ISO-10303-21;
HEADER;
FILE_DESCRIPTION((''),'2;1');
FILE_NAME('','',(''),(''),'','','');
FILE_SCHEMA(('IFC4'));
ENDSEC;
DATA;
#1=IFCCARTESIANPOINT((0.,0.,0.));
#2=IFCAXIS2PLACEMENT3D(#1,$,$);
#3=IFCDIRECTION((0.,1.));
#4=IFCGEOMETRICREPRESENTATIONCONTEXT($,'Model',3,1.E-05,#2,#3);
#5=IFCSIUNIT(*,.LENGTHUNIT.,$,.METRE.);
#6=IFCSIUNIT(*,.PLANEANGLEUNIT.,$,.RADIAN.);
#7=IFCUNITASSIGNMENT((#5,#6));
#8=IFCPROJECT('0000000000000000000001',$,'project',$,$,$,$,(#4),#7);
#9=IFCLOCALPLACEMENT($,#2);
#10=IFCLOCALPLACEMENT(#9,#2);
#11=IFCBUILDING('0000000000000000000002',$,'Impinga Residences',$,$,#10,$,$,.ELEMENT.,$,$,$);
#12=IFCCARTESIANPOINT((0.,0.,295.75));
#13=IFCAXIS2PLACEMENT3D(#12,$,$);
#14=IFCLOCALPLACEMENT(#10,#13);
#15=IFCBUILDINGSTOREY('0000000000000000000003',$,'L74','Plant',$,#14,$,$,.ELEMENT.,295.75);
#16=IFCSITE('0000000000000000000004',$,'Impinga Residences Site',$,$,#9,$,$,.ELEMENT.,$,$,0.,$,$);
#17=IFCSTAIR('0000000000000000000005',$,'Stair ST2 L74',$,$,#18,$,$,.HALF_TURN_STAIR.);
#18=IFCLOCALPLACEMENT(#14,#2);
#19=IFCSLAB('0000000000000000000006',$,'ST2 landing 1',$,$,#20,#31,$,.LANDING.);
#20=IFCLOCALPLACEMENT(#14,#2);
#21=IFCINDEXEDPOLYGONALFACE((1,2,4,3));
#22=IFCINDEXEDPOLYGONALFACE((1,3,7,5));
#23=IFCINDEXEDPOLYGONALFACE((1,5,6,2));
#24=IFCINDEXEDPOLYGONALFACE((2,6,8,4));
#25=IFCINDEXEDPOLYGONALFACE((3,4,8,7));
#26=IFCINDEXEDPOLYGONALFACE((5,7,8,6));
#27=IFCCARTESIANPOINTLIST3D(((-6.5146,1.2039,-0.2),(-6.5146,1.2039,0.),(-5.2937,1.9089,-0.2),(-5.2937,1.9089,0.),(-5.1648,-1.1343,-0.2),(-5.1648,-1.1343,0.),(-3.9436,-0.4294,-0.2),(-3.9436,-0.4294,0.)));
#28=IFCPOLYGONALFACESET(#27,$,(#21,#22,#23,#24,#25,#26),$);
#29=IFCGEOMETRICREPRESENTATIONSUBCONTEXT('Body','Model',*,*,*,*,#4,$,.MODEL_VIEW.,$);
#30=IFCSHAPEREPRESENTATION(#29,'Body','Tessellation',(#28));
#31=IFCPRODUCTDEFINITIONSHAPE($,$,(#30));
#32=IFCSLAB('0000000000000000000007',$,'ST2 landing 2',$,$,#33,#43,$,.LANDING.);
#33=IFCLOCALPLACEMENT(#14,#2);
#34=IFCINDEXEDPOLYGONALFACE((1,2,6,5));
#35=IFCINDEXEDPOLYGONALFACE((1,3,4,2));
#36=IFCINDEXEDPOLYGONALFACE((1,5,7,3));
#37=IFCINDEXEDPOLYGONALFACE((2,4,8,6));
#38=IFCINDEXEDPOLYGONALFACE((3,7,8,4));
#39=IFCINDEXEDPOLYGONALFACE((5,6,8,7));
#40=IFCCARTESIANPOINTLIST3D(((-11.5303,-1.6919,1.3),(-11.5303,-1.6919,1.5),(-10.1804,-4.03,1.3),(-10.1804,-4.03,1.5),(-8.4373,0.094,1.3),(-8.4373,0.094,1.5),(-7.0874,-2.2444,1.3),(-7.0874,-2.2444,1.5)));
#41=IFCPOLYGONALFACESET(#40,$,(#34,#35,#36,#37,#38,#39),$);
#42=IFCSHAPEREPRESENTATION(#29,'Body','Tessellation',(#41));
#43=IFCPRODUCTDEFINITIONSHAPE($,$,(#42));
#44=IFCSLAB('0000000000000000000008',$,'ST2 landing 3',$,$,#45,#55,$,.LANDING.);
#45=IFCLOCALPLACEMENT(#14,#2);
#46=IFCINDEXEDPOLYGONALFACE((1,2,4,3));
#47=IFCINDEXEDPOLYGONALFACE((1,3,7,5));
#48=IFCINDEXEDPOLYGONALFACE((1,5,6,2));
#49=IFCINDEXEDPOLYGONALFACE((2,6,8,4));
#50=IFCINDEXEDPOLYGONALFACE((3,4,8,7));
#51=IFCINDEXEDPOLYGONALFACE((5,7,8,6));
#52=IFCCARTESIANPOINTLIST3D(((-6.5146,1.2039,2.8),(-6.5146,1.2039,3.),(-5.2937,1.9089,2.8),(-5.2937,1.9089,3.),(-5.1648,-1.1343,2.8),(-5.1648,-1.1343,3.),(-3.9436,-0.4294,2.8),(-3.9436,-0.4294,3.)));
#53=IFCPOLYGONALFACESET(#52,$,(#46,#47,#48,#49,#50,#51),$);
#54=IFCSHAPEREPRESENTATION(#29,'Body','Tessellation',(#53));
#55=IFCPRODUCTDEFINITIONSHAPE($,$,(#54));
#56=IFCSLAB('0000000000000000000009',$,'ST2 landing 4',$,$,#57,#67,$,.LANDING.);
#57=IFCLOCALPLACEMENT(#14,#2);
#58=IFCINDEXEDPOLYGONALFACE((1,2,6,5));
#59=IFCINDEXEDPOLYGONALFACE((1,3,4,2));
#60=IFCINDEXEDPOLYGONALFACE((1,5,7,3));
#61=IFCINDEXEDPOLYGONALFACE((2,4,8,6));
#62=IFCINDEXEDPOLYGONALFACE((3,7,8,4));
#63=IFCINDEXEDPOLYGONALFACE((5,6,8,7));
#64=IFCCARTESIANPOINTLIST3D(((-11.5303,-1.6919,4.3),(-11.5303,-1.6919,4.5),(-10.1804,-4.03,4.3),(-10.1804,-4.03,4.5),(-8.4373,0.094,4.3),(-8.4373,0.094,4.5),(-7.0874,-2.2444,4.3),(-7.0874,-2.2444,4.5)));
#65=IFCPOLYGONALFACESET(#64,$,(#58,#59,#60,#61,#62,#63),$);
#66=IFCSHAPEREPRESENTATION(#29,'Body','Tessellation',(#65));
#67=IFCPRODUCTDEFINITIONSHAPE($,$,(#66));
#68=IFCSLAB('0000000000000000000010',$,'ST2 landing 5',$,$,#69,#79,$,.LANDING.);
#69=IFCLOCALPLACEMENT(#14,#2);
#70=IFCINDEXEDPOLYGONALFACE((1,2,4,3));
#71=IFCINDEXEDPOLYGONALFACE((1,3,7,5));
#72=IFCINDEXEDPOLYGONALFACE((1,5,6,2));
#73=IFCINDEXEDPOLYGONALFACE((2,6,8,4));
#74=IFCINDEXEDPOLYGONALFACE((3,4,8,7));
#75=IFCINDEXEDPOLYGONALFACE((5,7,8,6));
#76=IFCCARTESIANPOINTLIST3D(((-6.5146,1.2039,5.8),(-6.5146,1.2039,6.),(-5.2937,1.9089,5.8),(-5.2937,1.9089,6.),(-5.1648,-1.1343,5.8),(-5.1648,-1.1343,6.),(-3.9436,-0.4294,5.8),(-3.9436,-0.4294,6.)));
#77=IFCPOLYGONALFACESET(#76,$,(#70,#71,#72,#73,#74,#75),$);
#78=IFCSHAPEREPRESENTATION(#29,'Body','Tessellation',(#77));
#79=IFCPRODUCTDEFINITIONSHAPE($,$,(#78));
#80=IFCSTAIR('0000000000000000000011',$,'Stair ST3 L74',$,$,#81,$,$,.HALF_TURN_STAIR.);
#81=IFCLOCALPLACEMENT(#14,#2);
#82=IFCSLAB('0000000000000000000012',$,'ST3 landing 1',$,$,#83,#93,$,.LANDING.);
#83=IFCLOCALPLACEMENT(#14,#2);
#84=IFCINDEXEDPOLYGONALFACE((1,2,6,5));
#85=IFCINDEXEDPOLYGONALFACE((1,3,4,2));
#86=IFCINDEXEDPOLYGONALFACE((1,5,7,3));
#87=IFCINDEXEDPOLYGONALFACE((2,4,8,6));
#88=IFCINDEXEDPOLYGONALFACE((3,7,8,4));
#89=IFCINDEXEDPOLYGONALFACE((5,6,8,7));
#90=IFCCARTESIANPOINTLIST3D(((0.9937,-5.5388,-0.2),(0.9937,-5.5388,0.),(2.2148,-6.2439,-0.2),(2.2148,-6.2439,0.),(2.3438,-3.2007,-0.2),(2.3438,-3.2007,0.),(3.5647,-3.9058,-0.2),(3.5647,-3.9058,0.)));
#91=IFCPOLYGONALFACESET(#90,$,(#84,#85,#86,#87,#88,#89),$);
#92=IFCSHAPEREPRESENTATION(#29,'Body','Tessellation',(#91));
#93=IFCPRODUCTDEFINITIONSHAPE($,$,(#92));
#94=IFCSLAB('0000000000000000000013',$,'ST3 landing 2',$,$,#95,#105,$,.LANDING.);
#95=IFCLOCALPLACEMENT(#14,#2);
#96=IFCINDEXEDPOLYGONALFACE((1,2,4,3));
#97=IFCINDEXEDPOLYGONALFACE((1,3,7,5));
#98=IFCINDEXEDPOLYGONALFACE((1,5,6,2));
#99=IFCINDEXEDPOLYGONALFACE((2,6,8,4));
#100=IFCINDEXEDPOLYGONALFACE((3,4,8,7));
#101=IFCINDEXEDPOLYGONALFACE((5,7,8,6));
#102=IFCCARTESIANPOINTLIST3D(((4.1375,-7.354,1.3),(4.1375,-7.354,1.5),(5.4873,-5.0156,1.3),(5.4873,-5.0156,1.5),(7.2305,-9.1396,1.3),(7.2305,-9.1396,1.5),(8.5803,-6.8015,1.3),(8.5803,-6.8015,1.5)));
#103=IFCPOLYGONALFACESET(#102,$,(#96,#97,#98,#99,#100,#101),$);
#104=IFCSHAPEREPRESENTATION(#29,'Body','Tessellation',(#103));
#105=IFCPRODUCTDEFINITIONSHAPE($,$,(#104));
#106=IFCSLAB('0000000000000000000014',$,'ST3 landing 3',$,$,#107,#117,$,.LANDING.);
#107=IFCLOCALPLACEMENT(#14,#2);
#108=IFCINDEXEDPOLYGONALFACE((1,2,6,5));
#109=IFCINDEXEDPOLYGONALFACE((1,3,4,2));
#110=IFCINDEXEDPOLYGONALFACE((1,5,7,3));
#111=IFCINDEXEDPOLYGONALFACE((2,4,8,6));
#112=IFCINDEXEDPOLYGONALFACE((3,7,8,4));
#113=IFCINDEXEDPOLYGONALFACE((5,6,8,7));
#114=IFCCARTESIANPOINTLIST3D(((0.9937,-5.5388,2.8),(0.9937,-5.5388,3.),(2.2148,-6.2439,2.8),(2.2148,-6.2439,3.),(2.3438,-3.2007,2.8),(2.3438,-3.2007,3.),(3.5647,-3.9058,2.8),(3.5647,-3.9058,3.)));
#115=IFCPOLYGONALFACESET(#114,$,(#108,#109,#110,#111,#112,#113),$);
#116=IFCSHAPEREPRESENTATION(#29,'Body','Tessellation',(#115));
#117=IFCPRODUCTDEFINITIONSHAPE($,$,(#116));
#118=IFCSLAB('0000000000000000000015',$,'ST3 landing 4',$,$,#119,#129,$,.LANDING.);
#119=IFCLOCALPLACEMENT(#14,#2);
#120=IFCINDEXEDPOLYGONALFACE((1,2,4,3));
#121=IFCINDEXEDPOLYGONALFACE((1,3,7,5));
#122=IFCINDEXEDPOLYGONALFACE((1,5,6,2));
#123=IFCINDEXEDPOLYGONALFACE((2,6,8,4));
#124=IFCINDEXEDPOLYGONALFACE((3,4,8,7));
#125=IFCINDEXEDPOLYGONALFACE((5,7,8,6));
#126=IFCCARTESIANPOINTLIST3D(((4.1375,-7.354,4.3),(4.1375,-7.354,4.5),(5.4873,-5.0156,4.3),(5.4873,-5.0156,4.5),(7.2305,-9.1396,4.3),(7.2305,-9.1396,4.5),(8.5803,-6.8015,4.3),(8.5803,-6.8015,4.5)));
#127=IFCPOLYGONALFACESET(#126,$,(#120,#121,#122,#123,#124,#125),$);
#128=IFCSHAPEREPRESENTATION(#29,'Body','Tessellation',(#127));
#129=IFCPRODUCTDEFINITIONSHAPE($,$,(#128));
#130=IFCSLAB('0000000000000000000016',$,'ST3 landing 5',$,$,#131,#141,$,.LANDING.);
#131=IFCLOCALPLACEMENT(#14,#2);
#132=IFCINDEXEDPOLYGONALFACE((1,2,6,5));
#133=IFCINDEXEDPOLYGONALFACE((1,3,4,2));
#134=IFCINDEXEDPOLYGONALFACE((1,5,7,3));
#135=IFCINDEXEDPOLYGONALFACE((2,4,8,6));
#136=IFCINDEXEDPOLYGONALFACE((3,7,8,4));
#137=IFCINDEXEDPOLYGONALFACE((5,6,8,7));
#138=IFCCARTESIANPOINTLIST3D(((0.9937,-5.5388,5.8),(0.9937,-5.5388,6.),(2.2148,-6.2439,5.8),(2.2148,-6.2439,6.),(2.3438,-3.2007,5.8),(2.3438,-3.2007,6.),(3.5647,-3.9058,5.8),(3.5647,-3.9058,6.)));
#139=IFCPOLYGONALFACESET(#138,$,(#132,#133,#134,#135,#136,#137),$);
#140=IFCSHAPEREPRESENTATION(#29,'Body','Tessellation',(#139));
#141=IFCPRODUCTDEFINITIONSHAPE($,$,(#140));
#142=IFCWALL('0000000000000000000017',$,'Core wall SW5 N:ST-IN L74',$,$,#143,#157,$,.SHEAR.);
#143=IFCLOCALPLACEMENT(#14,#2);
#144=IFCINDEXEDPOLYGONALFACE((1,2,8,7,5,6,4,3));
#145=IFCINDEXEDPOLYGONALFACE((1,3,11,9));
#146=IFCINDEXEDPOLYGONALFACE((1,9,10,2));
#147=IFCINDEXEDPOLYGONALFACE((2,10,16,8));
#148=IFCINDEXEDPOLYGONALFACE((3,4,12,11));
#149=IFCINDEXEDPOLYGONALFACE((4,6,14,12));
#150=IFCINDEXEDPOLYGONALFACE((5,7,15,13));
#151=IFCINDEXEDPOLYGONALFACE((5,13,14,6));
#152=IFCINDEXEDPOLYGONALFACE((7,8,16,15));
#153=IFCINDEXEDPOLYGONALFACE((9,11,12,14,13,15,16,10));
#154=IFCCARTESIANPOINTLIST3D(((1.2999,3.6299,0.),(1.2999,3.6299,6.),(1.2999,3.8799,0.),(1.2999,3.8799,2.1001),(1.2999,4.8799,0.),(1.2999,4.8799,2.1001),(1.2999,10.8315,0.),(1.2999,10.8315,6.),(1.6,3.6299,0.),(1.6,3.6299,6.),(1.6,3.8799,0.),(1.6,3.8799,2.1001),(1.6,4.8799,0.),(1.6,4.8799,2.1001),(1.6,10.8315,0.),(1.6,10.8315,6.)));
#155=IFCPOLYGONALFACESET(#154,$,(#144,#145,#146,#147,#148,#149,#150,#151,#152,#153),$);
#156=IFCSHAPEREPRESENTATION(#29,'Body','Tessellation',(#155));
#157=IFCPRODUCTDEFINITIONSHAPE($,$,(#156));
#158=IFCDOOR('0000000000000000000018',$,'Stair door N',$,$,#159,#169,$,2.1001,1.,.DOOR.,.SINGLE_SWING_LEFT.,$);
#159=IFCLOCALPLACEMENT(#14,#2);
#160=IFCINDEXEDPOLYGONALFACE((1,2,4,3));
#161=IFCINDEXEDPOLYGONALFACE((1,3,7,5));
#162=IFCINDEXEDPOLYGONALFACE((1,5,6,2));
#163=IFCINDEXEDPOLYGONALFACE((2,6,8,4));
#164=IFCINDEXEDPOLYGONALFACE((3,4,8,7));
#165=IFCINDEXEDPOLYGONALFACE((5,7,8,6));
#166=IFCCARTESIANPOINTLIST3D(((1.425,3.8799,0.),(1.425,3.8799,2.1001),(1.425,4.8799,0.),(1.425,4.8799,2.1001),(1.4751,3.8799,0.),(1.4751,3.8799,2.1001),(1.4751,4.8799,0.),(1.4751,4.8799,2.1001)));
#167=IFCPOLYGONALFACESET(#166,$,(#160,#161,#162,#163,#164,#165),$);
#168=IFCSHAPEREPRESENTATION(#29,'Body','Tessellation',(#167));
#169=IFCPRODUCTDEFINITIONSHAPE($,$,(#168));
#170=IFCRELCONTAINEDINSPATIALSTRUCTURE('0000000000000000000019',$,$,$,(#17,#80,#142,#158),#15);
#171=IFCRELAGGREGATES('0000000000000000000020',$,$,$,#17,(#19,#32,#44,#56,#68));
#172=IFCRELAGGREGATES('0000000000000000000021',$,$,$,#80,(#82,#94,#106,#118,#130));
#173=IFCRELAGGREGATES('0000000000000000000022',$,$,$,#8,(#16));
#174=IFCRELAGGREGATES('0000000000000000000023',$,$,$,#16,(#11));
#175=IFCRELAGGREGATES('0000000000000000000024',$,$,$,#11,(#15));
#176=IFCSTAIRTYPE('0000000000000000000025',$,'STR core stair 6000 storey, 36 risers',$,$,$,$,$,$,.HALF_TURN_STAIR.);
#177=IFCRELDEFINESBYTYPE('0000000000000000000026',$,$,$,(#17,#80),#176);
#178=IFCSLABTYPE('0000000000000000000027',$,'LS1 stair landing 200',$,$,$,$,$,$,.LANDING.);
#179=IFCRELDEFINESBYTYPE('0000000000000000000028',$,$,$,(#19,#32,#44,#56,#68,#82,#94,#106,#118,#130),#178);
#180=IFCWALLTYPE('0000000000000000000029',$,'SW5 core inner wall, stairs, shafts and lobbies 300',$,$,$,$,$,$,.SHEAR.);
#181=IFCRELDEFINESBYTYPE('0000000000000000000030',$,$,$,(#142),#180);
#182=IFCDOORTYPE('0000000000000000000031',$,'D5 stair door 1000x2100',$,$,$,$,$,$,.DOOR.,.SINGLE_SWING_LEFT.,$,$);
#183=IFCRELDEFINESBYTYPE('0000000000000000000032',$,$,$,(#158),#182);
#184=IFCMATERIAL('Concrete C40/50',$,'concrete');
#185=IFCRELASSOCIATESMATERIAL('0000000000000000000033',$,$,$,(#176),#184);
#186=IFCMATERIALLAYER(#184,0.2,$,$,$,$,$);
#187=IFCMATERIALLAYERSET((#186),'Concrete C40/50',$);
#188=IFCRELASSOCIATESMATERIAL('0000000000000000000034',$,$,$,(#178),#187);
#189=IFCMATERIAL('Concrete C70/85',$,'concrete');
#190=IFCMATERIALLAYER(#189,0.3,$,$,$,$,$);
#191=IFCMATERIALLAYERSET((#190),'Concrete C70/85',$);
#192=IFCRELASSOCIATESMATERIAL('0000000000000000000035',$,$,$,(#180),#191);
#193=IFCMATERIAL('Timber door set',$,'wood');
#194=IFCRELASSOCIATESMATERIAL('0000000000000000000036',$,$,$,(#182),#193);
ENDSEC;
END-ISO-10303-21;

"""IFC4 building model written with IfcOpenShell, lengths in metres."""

from ifc_helpers import new_model, si_unit, direction, frame, frame_2d, origin, place, context, subcontext, project, spatial, polyline, rectangle, outline, extrude, material, layer, layer_set, type_object, element, fill, aggregate, save


model = new_model("IFC4")

# Units and contexts
model_context = context("Model", 3, precision=1e-05, world=origin(), true_north=direction((0.0, 1.0)))
body_context = subcontext(model_context, "Body", "Model", "MODEL_VIEW")
ifc_project = project(units=[si_unit("LENGTHUNIT", "METRE"), si_unit("PLANEANGLEUNIT", "RADIAN")], contexts=[model_context])

# Site, building, storey
site_placement = place(None, origin())
site = spatial("IfcSite", under=ifc_project, at=site_placement, Name="Impinga Residences Site", CompositionType="ELEMENT", RefElevation=0.0)
building_placement = place(site_placement, origin())
building = spatial("IfcBuilding", under=site, at=building_placement, Name="Impinga Residences", CompositionType="ELEMENT")
storey_placement = place(building_placement, frame((0.0, 0.0, 295.75)))
storey = spatial("IfcBuildingStorey", under=building, at=storey_placement, Name="L74", Description="Plant", CompositionType="ELEMENT", Elevation=295.75)

# Stairs, slabs
ifc_material_1 = material(Name="Concrete C40/50", Category="concrete")
stair_type = type_object("IfcStairType", Name="STR core stair 6000 storey, 36 risers", PredefinedType="HALF_TURN_STAIR", material=ifc_material_1)
stair_1_placement = place(storey_placement, origin())
stair_1 = element("IfcStair", 1, at=stair_1_placement, inside=storey, type_object=stair_type, Name="Stair ST2 L74", PredefinedType="HALF_TURN_STAIR")
ifc_layer_1 = layer(ifc_material_1, 0.2)
ifc_layer_set_1 = layer_set([ifc_layer_1], Name="Concrete C40/50")
slab_type = type_object("IfcSlabType", Name="LS1 stair landing 200", PredefinedType="LANDING", material=ifc_layer_set_1)
slab_1_placement = place(storey_placement, frame((0.0, 0.0, -0.2)))
slab_1 = element("IfcSlab", 2, at=slab_1_placement, type_object=slab_type, Name="ST2 landing 1", PredefinedType="LANDING", context=body_context, shape_type="SweptSolid", body=[
    extrude(outline(polyline([(-3.9436, -0.4294), (-5.2937, 1.9089), (-6.5146, 1.2039), (-5.1648, -1.1343), (-3.9436, -0.4294)])), origin(), (0.0, 0.0, 1.0), 0.2),
])
slab_2_placement = place(storey_placement, frame((0.0, 0.0, 1.3)))
slab_2 = element("IfcSlab", 3, at=slab_2_placement, type_object=slab_type, Name="ST2 landing 2", PredefinedType="LANDING", context=body_context, shape_type="SweptSolid", body=[
    extrude(outline(polyline([(-7.0874, -2.2444), (-8.4373, 0.094), (-11.5303, -1.6919), (-10.1804, -4.03), (-7.0874, -2.2444)])), origin(), (0.0, 0.0, 1.0), 0.2),
])
slab_3_placement = place(storey_placement, frame((0.0, 0.0, 2.8)))
slab_3 = element("IfcSlab", 4, at=slab_3_placement, type_object=slab_type, Name="ST2 landing 3", PredefinedType="LANDING", context=body_context, shape_type="SweptSolid", body=[
    extrude(outline(polyline([(-3.9436, -0.4294), (-5.2937, 1.9089), (-6.5146, 1.2039), (-5.1648, -1.1343), (-3.9436, -0.4294)])), origin(), (0.0, 0.0, 1.0), 0.2),
])
slab_4_placement = place(storey_placement, frame((0.0, 0.0, 4.3)))
slab_4 = element("IfcSlab", 5, at=slab_4_placement, type_object=slab_type, Name="ST2 landing 4", PredefinedType="LANDING", context=body_context, shape_type="SweptSolid", body=[
    extrude(outline(polyline([(-7.0874, -2.2444), (-8.4373, 0.094), (-11.5303, -1.6919), (-10.1804, -4.03), (-7.0874, -2.2444)])), origin(), (0.0, 0.0, 1.0), 0.2),
])
slab_5_placement = place(storey_placement, frame((0.0, 0.0, 5.8)))
slab_5 = element("IfcSlab", 6, at=slab_5_placement, type_object=slab_type, Name="ST2 landing 5", PredefinedType="LANDING", context=body_context, shape_type="SweptSolid", body=[
    extrude(outline(polyline([(-3.9436, -0.4294), (-5.2937, 1.9089), (-6.5146, 1.2039), (-5.1648, -1.1343), (-3.9436, -0.4294)])), origin(), (0.0, 0.0, 1.0), 0.2),
])
aggregate(stair_1, [slab_1, slab_2, slab_3, slab_4, slab_5])
stair_2_placement = place(storey_placement, origin())
stair_2 = element("IfcStair", 7, at=stair_2_placement, inside=storey, type_object=stair_type, Name="Stair ST3 L74", PredefinedType="HALF_TURN_STAIR")
slab_6_placement = place(storey_placement, frame((0.0, 0.0, -0.2)))
slab_6 = element("IfcSlab", 8, at=slab_6_placement, type_object=slab_type, Name="ST3 landing 1", PredefinedType="LANDING", context=body_context, shape_type="SweptSolid", body=[
    extrude(outline(polyline([(2.3438, -3.2007), (0.9937, -5.5388), (2.2148, -6.2439), (3.5647, -3.9058), (2.3438, -3.2007)])), origin(), (0.0, 0.0, 1.0), 0.2),
])
slab_7_placement = place(storey_placement, frame((0.0, 0.0, 1.3)))
slab_7 = element("IfcSlab", 9, at=slab_7_placement, type_object=slab_type, Name="ST3 landing 2", PredefinedType="LANDING", context=body_context, shape_type="SweptSolid", body=[
    extrude(outline(polyline([(5.4873, -5.0156), (4.1375, -7.354), (7.2305, -9.1396), (8.5803, -6.8015), (5.4873, -5.0156)])), origin(), (0.0, 0.0, 1.0), 0.2),
])
slab_8_placement = place(storey_placement, frame((0.0, 0.0, 2.8)))
slab_8 = element("IfcSlab", 10, at=slab_8_placement, type_object=slab_type, Name="ST3 landing 3", PredefinedType="LANDING", context=body_context, shape_type="SweptSolid", body=[
    extrude(outline(polyline([(2.3438, -3.2007), (0.9937, -5.5388), (2.2148, -6.2439), (3.5647, -3.9058), (2.3438, -3.2007)])), origin(), (0.0, 0.0, 1.0), 0.2),
])
slab_9_placement = place(storey_placement, frame((0.0, 0.0, 4.3)))
slab_9 = element("IfcSlab", 11, at=slab_9_placement, type_object=slab_type, Name="ST3 landing 4", PredefinedType="LANDING", context=body_context, shape_type="SweptSolid", body=[
    extrude(outline(polyline([(5.4873, -5.0156), (4.1375, -7.354), (7.2305, -9.1396), (8.5803, -6.8015), (5.4873, -5.0156)])), origin(), (0.0, 0.0, 1.0), 0.2),
])
slab_10_placement = place(storey_placement, frame((0.0, 0.0, 5.8)))
slab_10 = element("IfcSlab", 12, at=slab_10_placement, type_object=slab_type, Name="ST3 landing 5", PredefinedType="LANDING", context=body_context, shape_type="SweptSolid", body=[
    extrude(outline(polyline([(2.3438, -3.2007), (0.9937, -5.5388), (2.2148, -6.2439), (3.5647, -3.9058), (2.3438, -3.2007)])), origin(), (0.0, 0.0, 1.0), 0.2),
])
aggregate(stair_2, [slab_6, slab_7, slab_8, slab_9, slab_10])

# Wall, opening, door
ifc_material_2 = material(Name="Concrete C70/85", Category="concrete")
ifc_layer_2 = layer(ifc_material_2, 0.3)
ifc_layer_set_2 = layer_set([ifc_layer_2], Name="Concrete C70/85")
wall_type = type_object("IfcWallType", Name="SW5 core inner wall, stairs, shafts and lobbies 300", PredefinedType="SHEAR", material=ifc_layer_set_2)
wall_placement = place(storey_placement, frame((1.45, 3.6299, 0.0), z_axis=(0.0, 0.0, 1.0), x_axis=(0.0, 1.0, 0.0)))
wall = element("IfcWall", 13, at=wall_placement, inside=storey, type_object=wall_type, Name="Core wall SW5 N:ST-IN L74", PredefinedType="SHEAR", context=body_context, shape_type="SweptSolid", body=[
    extrude(rectangle(XDim=7.2017, YDim=0.3, at=frame_2d((3.6008, 0.0))), origin(), (0.0, 0.0, 1.0), 6.0),
])
opening_placement = place(wall_placement, frame((0.25, 0.0, 0.0)))
opening = element("IfcOpeningElement", 14, at=opening_placement, cuts=wall, PredefinedType="OPENING", context=body_context, shape_type="SweptSolid", body=[
    extrude(rectangle(XDim=1.0, YDim=2.1001, at=frame_2d((0.5, 1.05))), frame((0.0, 0.1599, 0.0), z_axis=(0.0, -1.0, 0.0), x_axis=(1.0, 0.0, 0.0)), (0.0, 0.0, 1.0), 0.3201),
])
ifc_material_3 = material(Name="Timber door set", Category="wood")
door_type = type_object("IfcDoorType", Name="D5 stair door 1000x2100", OperationType="SINGLE_SWING_LEFT", PredefinedType="DOOR", material=ifc_material_3)
door_placement = place(opening_placement, origin())
door = element("IfcDoor", 15, at=door_placement, inside=storey, type_object=door_type, Name="Stair door N", OperationType="SINGLE_SWING_LEFT", OverallHeight=2.1001, OverallWidth=1.0, PredefinedType="DOOR", context=body_context, shape_type="SweptSolid", body=[
    extrude(rectangle(XDim=1.0, YDim=2.1001, at=frame_2d((0.5, 1.05))), frame((0.0, 0.0249, 0.0), z_axis=(0.0, -1.0, 0.0), x_axis=(1.0, 0.0, 0.0)), (0.0, 0.0, 1.0), 0.05),
])
fill(opening, door)

save(model, "model.ifc")
